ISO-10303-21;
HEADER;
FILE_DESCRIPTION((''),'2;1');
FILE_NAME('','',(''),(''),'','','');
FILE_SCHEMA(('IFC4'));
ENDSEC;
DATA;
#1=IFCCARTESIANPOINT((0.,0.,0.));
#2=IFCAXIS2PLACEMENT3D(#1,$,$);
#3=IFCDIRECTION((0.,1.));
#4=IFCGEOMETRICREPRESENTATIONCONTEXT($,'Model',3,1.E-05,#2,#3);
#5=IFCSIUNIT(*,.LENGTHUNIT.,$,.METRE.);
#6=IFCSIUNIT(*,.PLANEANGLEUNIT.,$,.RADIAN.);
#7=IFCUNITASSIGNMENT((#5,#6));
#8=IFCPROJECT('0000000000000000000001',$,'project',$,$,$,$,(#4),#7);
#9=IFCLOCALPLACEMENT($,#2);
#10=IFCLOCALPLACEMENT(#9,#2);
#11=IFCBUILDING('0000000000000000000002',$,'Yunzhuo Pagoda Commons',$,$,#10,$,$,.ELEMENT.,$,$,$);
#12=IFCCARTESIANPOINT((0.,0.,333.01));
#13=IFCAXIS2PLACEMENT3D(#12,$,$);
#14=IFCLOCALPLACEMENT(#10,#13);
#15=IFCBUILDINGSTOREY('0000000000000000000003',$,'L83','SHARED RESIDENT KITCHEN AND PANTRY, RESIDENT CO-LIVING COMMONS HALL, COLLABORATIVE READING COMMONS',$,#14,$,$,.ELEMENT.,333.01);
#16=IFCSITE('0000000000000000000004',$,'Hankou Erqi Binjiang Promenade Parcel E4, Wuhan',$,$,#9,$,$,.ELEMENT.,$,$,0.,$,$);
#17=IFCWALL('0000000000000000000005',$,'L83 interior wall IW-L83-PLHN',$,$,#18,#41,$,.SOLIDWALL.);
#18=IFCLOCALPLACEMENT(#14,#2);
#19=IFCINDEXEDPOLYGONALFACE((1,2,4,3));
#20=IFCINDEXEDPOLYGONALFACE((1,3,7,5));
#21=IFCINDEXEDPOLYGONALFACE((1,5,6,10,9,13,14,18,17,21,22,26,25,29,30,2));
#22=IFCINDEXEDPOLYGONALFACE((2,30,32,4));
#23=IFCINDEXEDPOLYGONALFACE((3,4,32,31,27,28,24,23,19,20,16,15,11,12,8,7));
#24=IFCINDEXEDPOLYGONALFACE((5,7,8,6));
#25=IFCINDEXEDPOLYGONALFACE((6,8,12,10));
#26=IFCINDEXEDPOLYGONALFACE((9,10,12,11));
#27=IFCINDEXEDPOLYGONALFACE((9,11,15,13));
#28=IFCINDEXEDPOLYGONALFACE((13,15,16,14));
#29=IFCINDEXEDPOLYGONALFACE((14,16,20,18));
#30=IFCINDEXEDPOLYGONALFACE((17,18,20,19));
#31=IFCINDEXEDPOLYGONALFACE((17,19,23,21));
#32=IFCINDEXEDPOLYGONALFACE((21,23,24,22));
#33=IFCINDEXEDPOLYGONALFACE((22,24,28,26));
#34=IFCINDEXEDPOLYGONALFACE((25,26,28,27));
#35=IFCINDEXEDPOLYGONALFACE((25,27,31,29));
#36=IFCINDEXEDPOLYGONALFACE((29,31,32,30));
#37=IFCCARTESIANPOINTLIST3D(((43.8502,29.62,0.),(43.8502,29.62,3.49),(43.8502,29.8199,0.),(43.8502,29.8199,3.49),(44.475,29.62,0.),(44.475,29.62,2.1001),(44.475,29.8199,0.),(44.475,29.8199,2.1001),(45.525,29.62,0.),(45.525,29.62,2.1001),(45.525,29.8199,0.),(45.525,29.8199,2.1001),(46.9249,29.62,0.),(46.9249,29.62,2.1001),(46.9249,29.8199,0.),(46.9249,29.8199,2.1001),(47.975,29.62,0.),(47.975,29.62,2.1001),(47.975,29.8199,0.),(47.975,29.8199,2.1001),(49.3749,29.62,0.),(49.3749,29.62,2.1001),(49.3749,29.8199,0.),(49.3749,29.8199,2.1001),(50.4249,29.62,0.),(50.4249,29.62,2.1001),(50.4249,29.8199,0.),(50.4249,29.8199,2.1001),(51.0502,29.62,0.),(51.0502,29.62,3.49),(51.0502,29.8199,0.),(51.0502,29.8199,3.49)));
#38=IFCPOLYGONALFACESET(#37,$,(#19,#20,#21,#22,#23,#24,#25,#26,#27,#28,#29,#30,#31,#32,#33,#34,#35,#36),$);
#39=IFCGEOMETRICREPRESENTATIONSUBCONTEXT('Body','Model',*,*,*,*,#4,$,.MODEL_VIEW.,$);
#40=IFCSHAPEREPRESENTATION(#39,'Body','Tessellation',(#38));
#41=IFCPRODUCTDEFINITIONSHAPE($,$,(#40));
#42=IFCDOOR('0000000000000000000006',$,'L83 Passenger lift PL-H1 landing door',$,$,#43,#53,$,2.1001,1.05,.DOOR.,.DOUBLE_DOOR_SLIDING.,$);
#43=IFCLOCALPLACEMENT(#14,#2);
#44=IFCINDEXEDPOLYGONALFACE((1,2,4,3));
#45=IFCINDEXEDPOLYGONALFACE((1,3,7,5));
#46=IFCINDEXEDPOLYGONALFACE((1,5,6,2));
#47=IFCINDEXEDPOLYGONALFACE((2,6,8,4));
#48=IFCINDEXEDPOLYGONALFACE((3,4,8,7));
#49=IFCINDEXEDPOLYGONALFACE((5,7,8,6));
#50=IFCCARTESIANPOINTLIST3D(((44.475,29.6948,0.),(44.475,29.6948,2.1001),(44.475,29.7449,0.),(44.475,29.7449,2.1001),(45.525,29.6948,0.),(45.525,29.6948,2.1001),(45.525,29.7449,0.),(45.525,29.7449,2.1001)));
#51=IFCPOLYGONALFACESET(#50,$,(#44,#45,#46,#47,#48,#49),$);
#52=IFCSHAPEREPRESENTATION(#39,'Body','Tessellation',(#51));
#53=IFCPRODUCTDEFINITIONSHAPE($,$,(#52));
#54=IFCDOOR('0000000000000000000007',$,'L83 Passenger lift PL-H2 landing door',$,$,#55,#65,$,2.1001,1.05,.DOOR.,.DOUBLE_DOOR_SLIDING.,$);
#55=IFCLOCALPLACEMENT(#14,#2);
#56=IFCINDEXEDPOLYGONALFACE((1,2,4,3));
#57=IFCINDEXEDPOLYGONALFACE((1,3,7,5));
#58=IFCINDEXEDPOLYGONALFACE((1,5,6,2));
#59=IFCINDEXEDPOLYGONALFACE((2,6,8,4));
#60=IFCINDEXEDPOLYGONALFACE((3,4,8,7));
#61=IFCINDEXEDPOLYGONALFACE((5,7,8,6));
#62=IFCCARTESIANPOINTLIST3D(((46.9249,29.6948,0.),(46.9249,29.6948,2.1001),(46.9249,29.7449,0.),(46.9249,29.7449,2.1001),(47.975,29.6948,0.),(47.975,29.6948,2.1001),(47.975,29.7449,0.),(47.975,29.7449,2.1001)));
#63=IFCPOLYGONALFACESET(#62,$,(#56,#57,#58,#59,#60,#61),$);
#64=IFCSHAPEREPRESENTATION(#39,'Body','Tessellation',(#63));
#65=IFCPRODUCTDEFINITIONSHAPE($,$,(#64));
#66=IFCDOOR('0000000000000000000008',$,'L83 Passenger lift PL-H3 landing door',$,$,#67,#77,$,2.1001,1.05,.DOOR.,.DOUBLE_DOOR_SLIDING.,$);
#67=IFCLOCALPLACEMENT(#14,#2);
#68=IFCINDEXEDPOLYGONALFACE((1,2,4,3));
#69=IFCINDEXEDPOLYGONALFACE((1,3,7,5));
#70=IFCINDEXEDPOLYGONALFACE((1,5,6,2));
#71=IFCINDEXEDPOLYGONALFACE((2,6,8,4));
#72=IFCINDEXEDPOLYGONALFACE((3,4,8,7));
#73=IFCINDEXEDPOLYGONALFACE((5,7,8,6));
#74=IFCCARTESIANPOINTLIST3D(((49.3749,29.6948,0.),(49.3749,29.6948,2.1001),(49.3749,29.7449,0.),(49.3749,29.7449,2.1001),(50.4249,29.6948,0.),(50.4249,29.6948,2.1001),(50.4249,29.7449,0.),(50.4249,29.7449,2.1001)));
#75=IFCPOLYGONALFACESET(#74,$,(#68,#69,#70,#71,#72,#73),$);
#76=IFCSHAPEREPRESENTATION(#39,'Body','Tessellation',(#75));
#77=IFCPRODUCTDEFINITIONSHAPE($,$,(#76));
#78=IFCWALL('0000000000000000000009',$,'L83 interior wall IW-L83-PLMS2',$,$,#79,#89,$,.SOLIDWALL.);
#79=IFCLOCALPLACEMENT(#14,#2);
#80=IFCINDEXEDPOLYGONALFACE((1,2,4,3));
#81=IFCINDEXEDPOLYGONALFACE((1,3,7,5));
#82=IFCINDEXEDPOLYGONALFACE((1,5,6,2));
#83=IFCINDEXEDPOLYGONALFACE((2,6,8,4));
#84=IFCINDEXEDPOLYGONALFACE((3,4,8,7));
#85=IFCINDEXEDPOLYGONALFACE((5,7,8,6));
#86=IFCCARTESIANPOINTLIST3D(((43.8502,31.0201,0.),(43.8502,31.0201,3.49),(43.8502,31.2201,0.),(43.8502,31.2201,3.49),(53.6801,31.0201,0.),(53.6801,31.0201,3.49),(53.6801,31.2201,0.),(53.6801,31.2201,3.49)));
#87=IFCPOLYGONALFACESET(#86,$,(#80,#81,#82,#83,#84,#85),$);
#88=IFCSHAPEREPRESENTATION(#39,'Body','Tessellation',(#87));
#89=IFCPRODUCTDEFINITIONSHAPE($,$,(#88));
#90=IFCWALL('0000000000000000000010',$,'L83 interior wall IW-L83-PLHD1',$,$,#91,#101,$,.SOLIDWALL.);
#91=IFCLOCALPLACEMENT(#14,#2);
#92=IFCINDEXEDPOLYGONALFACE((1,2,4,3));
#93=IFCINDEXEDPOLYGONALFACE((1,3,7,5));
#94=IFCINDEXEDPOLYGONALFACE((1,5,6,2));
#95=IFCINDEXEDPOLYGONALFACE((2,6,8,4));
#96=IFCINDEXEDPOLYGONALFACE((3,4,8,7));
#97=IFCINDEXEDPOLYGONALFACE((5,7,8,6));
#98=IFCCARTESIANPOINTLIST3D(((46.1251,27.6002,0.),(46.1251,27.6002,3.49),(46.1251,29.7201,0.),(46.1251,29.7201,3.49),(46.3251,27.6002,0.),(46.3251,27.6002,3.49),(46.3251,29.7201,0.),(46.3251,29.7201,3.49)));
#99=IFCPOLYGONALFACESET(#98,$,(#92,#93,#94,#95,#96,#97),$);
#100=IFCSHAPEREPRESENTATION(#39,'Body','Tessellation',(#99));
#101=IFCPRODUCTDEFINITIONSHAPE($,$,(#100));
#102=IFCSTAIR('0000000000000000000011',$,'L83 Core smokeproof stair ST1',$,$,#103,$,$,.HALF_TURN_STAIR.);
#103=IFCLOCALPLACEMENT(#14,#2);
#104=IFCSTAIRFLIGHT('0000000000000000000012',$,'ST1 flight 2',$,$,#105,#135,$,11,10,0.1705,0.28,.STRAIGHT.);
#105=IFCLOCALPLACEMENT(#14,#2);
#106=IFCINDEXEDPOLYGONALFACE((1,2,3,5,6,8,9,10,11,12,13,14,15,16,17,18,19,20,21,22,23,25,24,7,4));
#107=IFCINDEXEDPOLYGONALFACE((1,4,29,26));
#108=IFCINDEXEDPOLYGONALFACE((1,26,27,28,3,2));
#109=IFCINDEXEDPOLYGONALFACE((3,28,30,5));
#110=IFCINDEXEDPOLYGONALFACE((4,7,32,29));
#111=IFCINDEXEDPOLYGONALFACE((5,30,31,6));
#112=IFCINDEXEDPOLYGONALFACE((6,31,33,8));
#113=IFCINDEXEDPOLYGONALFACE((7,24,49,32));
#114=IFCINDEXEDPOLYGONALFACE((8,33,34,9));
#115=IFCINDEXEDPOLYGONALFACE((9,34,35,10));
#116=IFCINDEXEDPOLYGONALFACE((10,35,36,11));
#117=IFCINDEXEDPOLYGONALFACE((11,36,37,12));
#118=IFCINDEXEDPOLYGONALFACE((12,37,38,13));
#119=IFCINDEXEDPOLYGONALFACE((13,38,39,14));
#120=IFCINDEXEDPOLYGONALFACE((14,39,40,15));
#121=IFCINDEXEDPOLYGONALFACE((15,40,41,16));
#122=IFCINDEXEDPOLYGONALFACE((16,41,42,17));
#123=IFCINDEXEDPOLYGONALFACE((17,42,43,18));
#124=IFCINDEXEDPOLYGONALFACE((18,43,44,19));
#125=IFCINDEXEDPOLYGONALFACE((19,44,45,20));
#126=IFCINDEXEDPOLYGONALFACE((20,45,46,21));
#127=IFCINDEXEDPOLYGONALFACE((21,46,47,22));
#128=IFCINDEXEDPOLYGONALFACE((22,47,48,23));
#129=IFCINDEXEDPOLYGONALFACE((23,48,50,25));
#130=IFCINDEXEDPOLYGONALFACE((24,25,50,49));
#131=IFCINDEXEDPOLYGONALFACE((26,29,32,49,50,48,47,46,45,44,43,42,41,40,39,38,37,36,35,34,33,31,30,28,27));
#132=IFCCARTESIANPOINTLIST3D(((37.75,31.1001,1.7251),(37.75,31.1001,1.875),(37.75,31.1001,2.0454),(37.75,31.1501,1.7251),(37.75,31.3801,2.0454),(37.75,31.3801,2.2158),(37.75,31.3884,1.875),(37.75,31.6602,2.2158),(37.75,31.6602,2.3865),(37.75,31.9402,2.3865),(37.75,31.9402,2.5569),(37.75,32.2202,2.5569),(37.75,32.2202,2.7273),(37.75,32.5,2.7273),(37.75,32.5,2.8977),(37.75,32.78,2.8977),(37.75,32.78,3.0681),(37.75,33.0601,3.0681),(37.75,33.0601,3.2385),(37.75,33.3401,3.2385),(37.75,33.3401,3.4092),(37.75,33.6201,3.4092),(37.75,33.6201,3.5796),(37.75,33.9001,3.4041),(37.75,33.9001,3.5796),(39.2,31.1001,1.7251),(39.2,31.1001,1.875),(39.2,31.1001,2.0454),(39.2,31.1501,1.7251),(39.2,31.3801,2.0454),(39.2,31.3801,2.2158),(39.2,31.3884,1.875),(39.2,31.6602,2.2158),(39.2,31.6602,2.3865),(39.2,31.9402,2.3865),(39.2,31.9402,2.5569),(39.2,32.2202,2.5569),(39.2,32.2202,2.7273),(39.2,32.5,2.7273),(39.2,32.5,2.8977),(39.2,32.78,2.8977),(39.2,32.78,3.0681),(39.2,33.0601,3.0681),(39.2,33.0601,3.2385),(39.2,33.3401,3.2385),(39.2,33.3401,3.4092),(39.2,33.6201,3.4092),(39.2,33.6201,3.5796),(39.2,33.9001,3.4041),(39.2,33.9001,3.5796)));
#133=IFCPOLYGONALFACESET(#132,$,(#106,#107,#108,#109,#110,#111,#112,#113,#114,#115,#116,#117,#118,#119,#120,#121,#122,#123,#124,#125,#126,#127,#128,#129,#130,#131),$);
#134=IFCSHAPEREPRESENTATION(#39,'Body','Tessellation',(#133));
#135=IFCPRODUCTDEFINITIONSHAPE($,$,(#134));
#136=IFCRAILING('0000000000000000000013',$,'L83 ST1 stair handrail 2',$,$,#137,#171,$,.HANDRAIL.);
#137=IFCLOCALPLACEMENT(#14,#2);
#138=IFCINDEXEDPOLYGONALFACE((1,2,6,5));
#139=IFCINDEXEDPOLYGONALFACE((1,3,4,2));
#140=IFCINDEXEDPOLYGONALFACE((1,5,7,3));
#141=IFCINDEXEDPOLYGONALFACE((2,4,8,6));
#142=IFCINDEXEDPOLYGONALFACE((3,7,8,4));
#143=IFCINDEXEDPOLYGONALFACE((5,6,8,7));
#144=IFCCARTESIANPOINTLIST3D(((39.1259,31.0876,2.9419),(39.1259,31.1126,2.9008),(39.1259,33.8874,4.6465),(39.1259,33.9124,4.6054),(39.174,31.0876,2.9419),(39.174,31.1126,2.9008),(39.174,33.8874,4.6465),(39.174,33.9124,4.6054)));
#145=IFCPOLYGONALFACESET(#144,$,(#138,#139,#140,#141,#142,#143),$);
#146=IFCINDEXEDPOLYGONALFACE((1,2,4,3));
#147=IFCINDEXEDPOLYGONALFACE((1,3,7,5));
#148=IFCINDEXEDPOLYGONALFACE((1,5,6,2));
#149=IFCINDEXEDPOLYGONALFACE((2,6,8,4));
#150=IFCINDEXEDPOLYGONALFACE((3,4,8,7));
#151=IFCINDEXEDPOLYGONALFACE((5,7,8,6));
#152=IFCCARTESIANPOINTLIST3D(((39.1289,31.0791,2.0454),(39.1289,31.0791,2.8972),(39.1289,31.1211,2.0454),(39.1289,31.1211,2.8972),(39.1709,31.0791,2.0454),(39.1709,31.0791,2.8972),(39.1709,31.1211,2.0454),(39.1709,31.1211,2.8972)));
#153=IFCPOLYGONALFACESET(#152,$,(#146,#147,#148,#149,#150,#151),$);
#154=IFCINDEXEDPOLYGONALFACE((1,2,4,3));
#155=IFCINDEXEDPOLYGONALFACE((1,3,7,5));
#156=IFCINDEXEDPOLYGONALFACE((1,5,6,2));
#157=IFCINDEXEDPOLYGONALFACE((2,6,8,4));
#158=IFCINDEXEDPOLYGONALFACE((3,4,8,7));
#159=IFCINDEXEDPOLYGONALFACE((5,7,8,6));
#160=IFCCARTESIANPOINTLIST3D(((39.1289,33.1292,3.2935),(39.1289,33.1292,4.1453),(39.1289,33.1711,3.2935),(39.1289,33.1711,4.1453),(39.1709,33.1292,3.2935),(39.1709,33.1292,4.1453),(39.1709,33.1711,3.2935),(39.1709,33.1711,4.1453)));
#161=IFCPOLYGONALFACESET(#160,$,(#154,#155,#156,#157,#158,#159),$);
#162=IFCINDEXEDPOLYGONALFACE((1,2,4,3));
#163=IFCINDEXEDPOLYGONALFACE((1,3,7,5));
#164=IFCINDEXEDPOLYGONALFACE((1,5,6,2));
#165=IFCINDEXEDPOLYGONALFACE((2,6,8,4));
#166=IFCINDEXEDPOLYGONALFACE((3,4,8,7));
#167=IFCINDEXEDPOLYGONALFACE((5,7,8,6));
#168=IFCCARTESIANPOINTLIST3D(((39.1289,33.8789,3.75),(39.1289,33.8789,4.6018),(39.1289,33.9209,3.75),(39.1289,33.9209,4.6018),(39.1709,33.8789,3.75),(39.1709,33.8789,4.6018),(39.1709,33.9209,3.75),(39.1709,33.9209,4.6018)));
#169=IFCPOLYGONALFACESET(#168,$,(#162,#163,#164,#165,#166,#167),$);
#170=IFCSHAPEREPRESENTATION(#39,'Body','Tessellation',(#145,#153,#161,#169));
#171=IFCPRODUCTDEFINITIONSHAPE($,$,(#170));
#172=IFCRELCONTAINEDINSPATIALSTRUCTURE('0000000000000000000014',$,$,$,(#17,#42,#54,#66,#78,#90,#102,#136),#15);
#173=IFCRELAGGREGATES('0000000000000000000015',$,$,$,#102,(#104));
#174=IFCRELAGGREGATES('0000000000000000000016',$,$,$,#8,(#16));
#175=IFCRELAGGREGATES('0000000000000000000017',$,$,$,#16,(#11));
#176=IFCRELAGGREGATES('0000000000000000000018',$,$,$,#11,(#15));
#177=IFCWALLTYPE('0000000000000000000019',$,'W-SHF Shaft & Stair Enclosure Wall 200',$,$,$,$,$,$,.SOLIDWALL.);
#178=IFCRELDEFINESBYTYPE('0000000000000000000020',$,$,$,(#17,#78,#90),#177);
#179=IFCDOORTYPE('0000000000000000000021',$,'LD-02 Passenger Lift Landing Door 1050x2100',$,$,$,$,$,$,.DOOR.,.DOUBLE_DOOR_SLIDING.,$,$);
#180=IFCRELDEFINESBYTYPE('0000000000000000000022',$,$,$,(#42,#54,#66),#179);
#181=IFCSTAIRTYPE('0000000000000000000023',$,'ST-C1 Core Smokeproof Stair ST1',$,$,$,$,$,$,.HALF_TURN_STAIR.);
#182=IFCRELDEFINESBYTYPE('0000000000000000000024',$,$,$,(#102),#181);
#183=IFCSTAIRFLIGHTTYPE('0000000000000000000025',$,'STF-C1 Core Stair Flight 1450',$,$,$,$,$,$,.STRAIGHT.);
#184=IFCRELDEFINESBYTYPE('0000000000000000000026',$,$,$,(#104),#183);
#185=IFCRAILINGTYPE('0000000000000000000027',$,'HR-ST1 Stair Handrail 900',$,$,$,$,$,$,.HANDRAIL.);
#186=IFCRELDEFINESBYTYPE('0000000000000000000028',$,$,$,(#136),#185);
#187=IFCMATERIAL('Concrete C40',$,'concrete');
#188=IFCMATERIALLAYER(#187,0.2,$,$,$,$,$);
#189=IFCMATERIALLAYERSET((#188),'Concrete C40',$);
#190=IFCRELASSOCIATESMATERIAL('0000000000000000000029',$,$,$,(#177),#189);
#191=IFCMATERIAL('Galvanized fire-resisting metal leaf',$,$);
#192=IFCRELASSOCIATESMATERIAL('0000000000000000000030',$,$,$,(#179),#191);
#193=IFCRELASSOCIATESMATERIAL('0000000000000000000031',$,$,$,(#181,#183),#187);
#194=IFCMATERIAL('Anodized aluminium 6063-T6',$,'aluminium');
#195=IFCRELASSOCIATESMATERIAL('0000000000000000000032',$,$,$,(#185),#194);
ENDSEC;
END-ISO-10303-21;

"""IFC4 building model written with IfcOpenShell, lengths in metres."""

from ifc_helpers import new_model, si_unit, direction, frame, frame_2d, origin, origin_with_axes, origin_2d, place, context, subcontext, project, spatial, polyline, rectangle, outline, extrude, source, transform, mapped, material, layer, layer_set, type_object, element, fill, aggregate, save


model = new_model("IFC4")

# Units and contexts
model_context = context("Model", 3, precision=1e-05, world=origin(), true_north=direction((0.0, 1.0)))
body_context = subcontext(model_context, "Body", "Model", "MODEL_VIEW")
ifc_project = project(units=[si_unit("LENGTHUNIT", "METRE"), si_unit("PLANEANGLEUNIT", "RADIAN")], contexts=[model_context])

# Site, building, storey
site_placement = place(None, origin())
site = spatial("IfcSite", under=ifc_project, at=site_placement, Name="Hankou Erqi Binjiang Promenade Parcel E4, Wuhan", CompositionType="ELEMENT", RefElevation=0.0)
building_placement = place(site_placement, origin())
building = spatial("IfcBuilding", under=site, at=building_placement, Name="Yunzhuo Pagoda Commons", CompositionType="ELEMENT")
storey_placement = place(building_placement, frame((0.0, 0.0, 333.01)))
storey = spatial("IfcBuildingStorey", under=building, at=storey_placement, Name="L83", Description="SHARED RESIDENT KITCHEN AND PANTRY, RESIDENT CO-LIVING COMMONS HALL, COLLABORATIVE READING COMMONS", CompositionType="ELEMENT", Elevation=333.01)

# Shared definitions
ifc_material_1 = material(Name="Galvanized fire-resisting metal leaf")

# Shared definitions
ifc_material_2 = material(Name="Concrete C40", Category="concrete")
ifc_layer_1 = layer(ifc_material_2, 0.2)
ifc_layer_set_1 = layer_set([ifc_layer_1], Name="Concrete C40")
wall_type_1 = type_object("IfcWallType", Name="W-SHF Shaft & Stair Enclosure Wall 200", PredefinedType="SOLIDWALL", material=ifc_layer_set_1)
door_type_1 = type_object("IfcDoorType", Name="LD-02 Passenger Lift Landing Door 1050x2100", OperationType="DOUBLE_DOOR_SLIDING", PredefinedType="DOOR", material=ifc_material_1)
shared_shape_1 = source(origin(), body_context, "Body", "SweptSolid", [
    extrude(rectangle(XDim=1.05, YDim=2.1001, at=frame_2d((0.5249, 1.05))), frame((0.0, 0.0249, 0.0), z_axis=(0.0, -1.0, 0.0), x_axis=(1.0, 0.0, 0.0)), (0.0, 0.0, 1.0), 0.05),
])

# Wall, openings, doors
wall_1_placement = place(storey_placement, frame((43.8501, 29.72, 0.0), z_axis=(0.0, 0.0, 1.0), x_axis=(1.0, 0.0, 0.0)))
wall_1 = element("IfcWall", 1, at=wall_1_placement, inside=storey, type_object=wall_type_1, Name="L83 interior wall IW-L83-PLHN", PredefinedType="SOLIDWALL", context=body_context, shape_type="SweptSolid", body=[
    extrude(rectangle(XDim=7.2, YDim=0.2, at=frame_2d((3.6001, 0.0))), origin(), (0.0, 0.0, 1.0), 3.49),
])
opening_1_placement = place(wall_1_placement, frame((0.625, 0.0, 0.0)))
opening_1 = element("IfcOpeningElement", 2, at=opening_1_placement, cuts=wall_1, PredefinedType="OPENING", context=body_context, shape_type="SweptSolid", body=[
    extrude(rectangle(XDim=1.05, YDim=2.1001, at=frame_2d((0.5249, 1.05))), frame((0.0, 0.1099, 0.0), z_axis=(0.0, -1.0, 0.0), x_axis=(1.0, 0.0, 0.0)), (0.0, 0.0, 1.0), 0.22),
])
opening_2_placement = place(wall_1_placement, frame((3.075, 0.0, 0.0)))
opening_2 = element("IfcOpeningElement", 3, at=opening_2_placement, cuts=wall_1, PredefinedType="OPENING", context=body_context, shape_type="SweptSolid", body=[
    extrude(rectangle(XDim=1.05, YDim=2.1001, at=frame_2d((0.5249, 1.05))), frame((0.0, 0.1099, 0.0), z_axis=(0.0, -1.0, 0.0), x_axis=(1.0, 0.0, 0.0)), (0.0, 0.0, 1.0), 0.22),
])
opening_3_placement = place(wall_1_placement, frame((5.5249, 0.0, 0.0)))
opening_3 = element("IfcOpeningElement", 4, at=opening_3_placement, cuts=wall_1, PredefinedType="OPENING", context=body_context, shape_type="SweptSolid", body=[
    extrude(rectangle(XDim=1.05, YDim=2.1001, at=frame_2d((0.5249, 1.05))), frame((0.0, 0.1099, 0.0), z_axis=(0.0, -1.0, 0.0), x_axis=(1.0, 0.0, 0.0)), (0.0, 0.0, 1.0), 0.22),
])
door_1_placement = place(opening_1_placement, origin_with_axes())
door_1 = element("IfcDoor", 5, at=door_1_placement, inside=storey, type_object=door_type_1, Name="L83 Passenger lift PL-H1 landing door", OperationType="DOUBLE_DOOR_SLIDING", OverallHeight=2.1001, OverallWidth=1.05, PredefinedType="DOOR", context=body_context, shape_type="MappedRepresentation", body=[
    mapped(shared_shape_1, transform((0.0, 0.0, 0.0), scale=1.0)),
])
fill(opening_1, door_1)
door_2_placement = place(opening_2_placement, origin_with_axes())
door_2 = element("IfcDoor", 6, at=door_2_placement, inside=storey, type_object=door_type_1, Name="L83 Passenger lift PL-H2 landing door", OperationType="DOUBLE_DOOR_SLIDING", OverallHeight=2.1001, OverallWidth=1.05, PredefinedType="DOOR", context=body_context, shape_type="MappedRepresentation", body=[
    mapped(shared_shape_1, transform((0.0, 0.0, 0.0), scale=1.0)),
])
fill(opening_2, door_2)
door_3_placement = place(opening_3_placement, origin_with_axes())
door_3 = element("IfcDoor", 7, at=door_3_placement, inside=storey, type_object=door_type_1, Name="L83 Passenger lift PL-H3 landing door", OperationType="DOUBLE_DOOR_SLIDING", OverallHeight=2.1001, OverallWidth=1.05, PredefinedType="DOOR", context=body_context, shape_type="MappedRepresentation", body=[
    mapped(shared_shape_1, transform((0.0, 0.0, 0.0), scale=1.0)),
])
fill(opening_3, door_3)

# Walls
wall_2_placement = place(storey_placement, frame((43.8501, 31.1201, 0.0), z_axis=(0.0, 0.0, 1.0), x_axis=(1.0, 0.0, 0.0)))
element("IfcWall", 8, at=wall_2_placement, inside=storey, type_object=wall_type_1, Name="L83 interior wall IW-L83-PLMS2", PredefinedType="SOLIDWALL", context=body_context, shape_type="SweptSolid", body=[
    extrude(rectangle(XDim=9.8298, YDim=0.2, at=frame_2d((4.915, 0.0))), origin(), (0.0, 0.0, 1.0), 3.49),
])
wall_3_placement = place(storey_placement, frame((46.2251, 27.6001, 0.0), z_axis=(0.0, 0.0, 1.0), x_axis=(0.0, 1.0, 0.0)))
element("IfcWall", 9, at=wall_3_placement, inside=storey, type_object=wall_type_1, Name="L83 interior wall IW-L83-PLHD1", PredefinedType="SOLIDWALL", context=body_context, shape_type="SweptSolid", body=[
    extrude(rectangle(XDim=2.1199, YDim=0.2, at=frame_2d((1.0601, 0.0))), origin(), (0.0, 0.0, 1.0), 3.49),
])

# Stair, stair flight
stair_type = type_object("IfcStairType", Name="ST-C1 Core Smokeproof Stair ST1", PredefinedType="HALF_TURN_STAIR", material=ifc_material_2)
stair_placement = place(storey_placement, origin())
stair = element("IfcStair", 10, at=stair_placement, inside=storey, type_object=stair_type, Name="L83 Core smokeproof stair ST1", PredefinedType="HALF_TURN_STAIR")
stair_flight_type = type_object("IfcStairFlightType", Name="STF-C1 Core Stair Flight 1450", PredefinedType="STRAIGHT", material=ifc_material_2)
shared_shape_2 = source(origin(), body_context, "Body", "SweptSolid", [
    extrude(outline(polyline([(0.0, -0.1499), (0.0, 0.0), (0.0, 0.1704), (0.28, 0.1704), (0.28, 0.3408), (0.5601, 0.3408), (0.5601, 0.5115), (0.8401, 0.5115), (0.8401, 0.6819), (1.1201, 0.6819), (1.1201, 0.8523), (1.3999, 0.8523), (1.3999, 1.0227), (1.6799, 1.0227), (1.6799, 1.1931), (1.96, 1.1931), (1.96, 1.3635), (2.24, 1.3635), (2.24, 1.5342), (2.52, 1.5342), (2.52, 1.7046), (2.8, 1.7046), (2.8, 1.875), (2.8, 1.5291), (0.2883, 0.0), (0.05, -0.1499), (0.0, -0.1499)])), frame((0.0, 0.7251, 0.0), z_axis=(0.0, -1.0, 0.0), x_axis=(1.0, 0.0, 0.0)), (0.0, 0.0, 1.0), 1.45),
])
stair_flight_placement = place(storey_placement, frame((38.4751, 31.1001, 1.875), z_axis=(0.0, 0.0, 1.0), x_axis=(0.0, 1.0, 0.0)))
stair_flight = element("IfcStairFlight", 11, at=stair_flight_placement, type_object=stair_flight_type, Name="ST1 flight 2", NumberOfRisers=11, NumberOfTreads=10, PredefinedType="STRAIGHT", RiserHeight=0.1705, TreadLength=0.28, context=body_context, shape_type="MappedRepresentation", body=[
    mapped(shared_shape_2, transform((0.0, 0.0, 0.0), scale=1.0)),
])
aggregate(stair, [stair_flight])

# Railing
ifc_material_3 = material(Name="Anodized aluminium 6063-T6", Category="aluminium")
railing_type = type_object("IfcRailingType", Name="HR-ST1 Stair Handrail 900", PredefinedType="HANDRAIL", material=ifc_material_3)
railing_placement = place(storey_placement, frame((39.1499, 31.1001, 2.0454)))
element("IfcRailing", 12, at=railing_placement, inside=storey, type_object=railing_type, Name="L83 ST1 stair handrail 2", PredefinedType="HANDRAIL", context=body_context, shape_type="SweptSolid", body=[
    extrude(rectangle(XDim=0.0481, YDim=0.0481, at=origin_2d()), frame((0.0, 0.0, 0.876), z_axis=(0.0, 0.85415, 0.520027), x_axis=(-1.0, 0.0, 0.0)), (0.0, 0.0, 1.0), 3.2778),
    extrude(rectangle(XDim=0.042, YDim=0.042, at=origin_2d()), origin(), (0.0, 0.0, 1.0), 0.8518),
    extrude(rectangle(XDim=0.042, YDim=0.042, at=origin_2d()), frame((0.0, 2.05, 1.248)), (0.0, 0.0, 1.0), 0.8518),
    extrude(rectangle(XDim=0.042, YDim=0.042, at=origin_2d()), frame((0.0, 2.7998, 1.7046)), (0.0, 0.0, 1.0), 0.8518),
])

save(model, "model.ifc")
